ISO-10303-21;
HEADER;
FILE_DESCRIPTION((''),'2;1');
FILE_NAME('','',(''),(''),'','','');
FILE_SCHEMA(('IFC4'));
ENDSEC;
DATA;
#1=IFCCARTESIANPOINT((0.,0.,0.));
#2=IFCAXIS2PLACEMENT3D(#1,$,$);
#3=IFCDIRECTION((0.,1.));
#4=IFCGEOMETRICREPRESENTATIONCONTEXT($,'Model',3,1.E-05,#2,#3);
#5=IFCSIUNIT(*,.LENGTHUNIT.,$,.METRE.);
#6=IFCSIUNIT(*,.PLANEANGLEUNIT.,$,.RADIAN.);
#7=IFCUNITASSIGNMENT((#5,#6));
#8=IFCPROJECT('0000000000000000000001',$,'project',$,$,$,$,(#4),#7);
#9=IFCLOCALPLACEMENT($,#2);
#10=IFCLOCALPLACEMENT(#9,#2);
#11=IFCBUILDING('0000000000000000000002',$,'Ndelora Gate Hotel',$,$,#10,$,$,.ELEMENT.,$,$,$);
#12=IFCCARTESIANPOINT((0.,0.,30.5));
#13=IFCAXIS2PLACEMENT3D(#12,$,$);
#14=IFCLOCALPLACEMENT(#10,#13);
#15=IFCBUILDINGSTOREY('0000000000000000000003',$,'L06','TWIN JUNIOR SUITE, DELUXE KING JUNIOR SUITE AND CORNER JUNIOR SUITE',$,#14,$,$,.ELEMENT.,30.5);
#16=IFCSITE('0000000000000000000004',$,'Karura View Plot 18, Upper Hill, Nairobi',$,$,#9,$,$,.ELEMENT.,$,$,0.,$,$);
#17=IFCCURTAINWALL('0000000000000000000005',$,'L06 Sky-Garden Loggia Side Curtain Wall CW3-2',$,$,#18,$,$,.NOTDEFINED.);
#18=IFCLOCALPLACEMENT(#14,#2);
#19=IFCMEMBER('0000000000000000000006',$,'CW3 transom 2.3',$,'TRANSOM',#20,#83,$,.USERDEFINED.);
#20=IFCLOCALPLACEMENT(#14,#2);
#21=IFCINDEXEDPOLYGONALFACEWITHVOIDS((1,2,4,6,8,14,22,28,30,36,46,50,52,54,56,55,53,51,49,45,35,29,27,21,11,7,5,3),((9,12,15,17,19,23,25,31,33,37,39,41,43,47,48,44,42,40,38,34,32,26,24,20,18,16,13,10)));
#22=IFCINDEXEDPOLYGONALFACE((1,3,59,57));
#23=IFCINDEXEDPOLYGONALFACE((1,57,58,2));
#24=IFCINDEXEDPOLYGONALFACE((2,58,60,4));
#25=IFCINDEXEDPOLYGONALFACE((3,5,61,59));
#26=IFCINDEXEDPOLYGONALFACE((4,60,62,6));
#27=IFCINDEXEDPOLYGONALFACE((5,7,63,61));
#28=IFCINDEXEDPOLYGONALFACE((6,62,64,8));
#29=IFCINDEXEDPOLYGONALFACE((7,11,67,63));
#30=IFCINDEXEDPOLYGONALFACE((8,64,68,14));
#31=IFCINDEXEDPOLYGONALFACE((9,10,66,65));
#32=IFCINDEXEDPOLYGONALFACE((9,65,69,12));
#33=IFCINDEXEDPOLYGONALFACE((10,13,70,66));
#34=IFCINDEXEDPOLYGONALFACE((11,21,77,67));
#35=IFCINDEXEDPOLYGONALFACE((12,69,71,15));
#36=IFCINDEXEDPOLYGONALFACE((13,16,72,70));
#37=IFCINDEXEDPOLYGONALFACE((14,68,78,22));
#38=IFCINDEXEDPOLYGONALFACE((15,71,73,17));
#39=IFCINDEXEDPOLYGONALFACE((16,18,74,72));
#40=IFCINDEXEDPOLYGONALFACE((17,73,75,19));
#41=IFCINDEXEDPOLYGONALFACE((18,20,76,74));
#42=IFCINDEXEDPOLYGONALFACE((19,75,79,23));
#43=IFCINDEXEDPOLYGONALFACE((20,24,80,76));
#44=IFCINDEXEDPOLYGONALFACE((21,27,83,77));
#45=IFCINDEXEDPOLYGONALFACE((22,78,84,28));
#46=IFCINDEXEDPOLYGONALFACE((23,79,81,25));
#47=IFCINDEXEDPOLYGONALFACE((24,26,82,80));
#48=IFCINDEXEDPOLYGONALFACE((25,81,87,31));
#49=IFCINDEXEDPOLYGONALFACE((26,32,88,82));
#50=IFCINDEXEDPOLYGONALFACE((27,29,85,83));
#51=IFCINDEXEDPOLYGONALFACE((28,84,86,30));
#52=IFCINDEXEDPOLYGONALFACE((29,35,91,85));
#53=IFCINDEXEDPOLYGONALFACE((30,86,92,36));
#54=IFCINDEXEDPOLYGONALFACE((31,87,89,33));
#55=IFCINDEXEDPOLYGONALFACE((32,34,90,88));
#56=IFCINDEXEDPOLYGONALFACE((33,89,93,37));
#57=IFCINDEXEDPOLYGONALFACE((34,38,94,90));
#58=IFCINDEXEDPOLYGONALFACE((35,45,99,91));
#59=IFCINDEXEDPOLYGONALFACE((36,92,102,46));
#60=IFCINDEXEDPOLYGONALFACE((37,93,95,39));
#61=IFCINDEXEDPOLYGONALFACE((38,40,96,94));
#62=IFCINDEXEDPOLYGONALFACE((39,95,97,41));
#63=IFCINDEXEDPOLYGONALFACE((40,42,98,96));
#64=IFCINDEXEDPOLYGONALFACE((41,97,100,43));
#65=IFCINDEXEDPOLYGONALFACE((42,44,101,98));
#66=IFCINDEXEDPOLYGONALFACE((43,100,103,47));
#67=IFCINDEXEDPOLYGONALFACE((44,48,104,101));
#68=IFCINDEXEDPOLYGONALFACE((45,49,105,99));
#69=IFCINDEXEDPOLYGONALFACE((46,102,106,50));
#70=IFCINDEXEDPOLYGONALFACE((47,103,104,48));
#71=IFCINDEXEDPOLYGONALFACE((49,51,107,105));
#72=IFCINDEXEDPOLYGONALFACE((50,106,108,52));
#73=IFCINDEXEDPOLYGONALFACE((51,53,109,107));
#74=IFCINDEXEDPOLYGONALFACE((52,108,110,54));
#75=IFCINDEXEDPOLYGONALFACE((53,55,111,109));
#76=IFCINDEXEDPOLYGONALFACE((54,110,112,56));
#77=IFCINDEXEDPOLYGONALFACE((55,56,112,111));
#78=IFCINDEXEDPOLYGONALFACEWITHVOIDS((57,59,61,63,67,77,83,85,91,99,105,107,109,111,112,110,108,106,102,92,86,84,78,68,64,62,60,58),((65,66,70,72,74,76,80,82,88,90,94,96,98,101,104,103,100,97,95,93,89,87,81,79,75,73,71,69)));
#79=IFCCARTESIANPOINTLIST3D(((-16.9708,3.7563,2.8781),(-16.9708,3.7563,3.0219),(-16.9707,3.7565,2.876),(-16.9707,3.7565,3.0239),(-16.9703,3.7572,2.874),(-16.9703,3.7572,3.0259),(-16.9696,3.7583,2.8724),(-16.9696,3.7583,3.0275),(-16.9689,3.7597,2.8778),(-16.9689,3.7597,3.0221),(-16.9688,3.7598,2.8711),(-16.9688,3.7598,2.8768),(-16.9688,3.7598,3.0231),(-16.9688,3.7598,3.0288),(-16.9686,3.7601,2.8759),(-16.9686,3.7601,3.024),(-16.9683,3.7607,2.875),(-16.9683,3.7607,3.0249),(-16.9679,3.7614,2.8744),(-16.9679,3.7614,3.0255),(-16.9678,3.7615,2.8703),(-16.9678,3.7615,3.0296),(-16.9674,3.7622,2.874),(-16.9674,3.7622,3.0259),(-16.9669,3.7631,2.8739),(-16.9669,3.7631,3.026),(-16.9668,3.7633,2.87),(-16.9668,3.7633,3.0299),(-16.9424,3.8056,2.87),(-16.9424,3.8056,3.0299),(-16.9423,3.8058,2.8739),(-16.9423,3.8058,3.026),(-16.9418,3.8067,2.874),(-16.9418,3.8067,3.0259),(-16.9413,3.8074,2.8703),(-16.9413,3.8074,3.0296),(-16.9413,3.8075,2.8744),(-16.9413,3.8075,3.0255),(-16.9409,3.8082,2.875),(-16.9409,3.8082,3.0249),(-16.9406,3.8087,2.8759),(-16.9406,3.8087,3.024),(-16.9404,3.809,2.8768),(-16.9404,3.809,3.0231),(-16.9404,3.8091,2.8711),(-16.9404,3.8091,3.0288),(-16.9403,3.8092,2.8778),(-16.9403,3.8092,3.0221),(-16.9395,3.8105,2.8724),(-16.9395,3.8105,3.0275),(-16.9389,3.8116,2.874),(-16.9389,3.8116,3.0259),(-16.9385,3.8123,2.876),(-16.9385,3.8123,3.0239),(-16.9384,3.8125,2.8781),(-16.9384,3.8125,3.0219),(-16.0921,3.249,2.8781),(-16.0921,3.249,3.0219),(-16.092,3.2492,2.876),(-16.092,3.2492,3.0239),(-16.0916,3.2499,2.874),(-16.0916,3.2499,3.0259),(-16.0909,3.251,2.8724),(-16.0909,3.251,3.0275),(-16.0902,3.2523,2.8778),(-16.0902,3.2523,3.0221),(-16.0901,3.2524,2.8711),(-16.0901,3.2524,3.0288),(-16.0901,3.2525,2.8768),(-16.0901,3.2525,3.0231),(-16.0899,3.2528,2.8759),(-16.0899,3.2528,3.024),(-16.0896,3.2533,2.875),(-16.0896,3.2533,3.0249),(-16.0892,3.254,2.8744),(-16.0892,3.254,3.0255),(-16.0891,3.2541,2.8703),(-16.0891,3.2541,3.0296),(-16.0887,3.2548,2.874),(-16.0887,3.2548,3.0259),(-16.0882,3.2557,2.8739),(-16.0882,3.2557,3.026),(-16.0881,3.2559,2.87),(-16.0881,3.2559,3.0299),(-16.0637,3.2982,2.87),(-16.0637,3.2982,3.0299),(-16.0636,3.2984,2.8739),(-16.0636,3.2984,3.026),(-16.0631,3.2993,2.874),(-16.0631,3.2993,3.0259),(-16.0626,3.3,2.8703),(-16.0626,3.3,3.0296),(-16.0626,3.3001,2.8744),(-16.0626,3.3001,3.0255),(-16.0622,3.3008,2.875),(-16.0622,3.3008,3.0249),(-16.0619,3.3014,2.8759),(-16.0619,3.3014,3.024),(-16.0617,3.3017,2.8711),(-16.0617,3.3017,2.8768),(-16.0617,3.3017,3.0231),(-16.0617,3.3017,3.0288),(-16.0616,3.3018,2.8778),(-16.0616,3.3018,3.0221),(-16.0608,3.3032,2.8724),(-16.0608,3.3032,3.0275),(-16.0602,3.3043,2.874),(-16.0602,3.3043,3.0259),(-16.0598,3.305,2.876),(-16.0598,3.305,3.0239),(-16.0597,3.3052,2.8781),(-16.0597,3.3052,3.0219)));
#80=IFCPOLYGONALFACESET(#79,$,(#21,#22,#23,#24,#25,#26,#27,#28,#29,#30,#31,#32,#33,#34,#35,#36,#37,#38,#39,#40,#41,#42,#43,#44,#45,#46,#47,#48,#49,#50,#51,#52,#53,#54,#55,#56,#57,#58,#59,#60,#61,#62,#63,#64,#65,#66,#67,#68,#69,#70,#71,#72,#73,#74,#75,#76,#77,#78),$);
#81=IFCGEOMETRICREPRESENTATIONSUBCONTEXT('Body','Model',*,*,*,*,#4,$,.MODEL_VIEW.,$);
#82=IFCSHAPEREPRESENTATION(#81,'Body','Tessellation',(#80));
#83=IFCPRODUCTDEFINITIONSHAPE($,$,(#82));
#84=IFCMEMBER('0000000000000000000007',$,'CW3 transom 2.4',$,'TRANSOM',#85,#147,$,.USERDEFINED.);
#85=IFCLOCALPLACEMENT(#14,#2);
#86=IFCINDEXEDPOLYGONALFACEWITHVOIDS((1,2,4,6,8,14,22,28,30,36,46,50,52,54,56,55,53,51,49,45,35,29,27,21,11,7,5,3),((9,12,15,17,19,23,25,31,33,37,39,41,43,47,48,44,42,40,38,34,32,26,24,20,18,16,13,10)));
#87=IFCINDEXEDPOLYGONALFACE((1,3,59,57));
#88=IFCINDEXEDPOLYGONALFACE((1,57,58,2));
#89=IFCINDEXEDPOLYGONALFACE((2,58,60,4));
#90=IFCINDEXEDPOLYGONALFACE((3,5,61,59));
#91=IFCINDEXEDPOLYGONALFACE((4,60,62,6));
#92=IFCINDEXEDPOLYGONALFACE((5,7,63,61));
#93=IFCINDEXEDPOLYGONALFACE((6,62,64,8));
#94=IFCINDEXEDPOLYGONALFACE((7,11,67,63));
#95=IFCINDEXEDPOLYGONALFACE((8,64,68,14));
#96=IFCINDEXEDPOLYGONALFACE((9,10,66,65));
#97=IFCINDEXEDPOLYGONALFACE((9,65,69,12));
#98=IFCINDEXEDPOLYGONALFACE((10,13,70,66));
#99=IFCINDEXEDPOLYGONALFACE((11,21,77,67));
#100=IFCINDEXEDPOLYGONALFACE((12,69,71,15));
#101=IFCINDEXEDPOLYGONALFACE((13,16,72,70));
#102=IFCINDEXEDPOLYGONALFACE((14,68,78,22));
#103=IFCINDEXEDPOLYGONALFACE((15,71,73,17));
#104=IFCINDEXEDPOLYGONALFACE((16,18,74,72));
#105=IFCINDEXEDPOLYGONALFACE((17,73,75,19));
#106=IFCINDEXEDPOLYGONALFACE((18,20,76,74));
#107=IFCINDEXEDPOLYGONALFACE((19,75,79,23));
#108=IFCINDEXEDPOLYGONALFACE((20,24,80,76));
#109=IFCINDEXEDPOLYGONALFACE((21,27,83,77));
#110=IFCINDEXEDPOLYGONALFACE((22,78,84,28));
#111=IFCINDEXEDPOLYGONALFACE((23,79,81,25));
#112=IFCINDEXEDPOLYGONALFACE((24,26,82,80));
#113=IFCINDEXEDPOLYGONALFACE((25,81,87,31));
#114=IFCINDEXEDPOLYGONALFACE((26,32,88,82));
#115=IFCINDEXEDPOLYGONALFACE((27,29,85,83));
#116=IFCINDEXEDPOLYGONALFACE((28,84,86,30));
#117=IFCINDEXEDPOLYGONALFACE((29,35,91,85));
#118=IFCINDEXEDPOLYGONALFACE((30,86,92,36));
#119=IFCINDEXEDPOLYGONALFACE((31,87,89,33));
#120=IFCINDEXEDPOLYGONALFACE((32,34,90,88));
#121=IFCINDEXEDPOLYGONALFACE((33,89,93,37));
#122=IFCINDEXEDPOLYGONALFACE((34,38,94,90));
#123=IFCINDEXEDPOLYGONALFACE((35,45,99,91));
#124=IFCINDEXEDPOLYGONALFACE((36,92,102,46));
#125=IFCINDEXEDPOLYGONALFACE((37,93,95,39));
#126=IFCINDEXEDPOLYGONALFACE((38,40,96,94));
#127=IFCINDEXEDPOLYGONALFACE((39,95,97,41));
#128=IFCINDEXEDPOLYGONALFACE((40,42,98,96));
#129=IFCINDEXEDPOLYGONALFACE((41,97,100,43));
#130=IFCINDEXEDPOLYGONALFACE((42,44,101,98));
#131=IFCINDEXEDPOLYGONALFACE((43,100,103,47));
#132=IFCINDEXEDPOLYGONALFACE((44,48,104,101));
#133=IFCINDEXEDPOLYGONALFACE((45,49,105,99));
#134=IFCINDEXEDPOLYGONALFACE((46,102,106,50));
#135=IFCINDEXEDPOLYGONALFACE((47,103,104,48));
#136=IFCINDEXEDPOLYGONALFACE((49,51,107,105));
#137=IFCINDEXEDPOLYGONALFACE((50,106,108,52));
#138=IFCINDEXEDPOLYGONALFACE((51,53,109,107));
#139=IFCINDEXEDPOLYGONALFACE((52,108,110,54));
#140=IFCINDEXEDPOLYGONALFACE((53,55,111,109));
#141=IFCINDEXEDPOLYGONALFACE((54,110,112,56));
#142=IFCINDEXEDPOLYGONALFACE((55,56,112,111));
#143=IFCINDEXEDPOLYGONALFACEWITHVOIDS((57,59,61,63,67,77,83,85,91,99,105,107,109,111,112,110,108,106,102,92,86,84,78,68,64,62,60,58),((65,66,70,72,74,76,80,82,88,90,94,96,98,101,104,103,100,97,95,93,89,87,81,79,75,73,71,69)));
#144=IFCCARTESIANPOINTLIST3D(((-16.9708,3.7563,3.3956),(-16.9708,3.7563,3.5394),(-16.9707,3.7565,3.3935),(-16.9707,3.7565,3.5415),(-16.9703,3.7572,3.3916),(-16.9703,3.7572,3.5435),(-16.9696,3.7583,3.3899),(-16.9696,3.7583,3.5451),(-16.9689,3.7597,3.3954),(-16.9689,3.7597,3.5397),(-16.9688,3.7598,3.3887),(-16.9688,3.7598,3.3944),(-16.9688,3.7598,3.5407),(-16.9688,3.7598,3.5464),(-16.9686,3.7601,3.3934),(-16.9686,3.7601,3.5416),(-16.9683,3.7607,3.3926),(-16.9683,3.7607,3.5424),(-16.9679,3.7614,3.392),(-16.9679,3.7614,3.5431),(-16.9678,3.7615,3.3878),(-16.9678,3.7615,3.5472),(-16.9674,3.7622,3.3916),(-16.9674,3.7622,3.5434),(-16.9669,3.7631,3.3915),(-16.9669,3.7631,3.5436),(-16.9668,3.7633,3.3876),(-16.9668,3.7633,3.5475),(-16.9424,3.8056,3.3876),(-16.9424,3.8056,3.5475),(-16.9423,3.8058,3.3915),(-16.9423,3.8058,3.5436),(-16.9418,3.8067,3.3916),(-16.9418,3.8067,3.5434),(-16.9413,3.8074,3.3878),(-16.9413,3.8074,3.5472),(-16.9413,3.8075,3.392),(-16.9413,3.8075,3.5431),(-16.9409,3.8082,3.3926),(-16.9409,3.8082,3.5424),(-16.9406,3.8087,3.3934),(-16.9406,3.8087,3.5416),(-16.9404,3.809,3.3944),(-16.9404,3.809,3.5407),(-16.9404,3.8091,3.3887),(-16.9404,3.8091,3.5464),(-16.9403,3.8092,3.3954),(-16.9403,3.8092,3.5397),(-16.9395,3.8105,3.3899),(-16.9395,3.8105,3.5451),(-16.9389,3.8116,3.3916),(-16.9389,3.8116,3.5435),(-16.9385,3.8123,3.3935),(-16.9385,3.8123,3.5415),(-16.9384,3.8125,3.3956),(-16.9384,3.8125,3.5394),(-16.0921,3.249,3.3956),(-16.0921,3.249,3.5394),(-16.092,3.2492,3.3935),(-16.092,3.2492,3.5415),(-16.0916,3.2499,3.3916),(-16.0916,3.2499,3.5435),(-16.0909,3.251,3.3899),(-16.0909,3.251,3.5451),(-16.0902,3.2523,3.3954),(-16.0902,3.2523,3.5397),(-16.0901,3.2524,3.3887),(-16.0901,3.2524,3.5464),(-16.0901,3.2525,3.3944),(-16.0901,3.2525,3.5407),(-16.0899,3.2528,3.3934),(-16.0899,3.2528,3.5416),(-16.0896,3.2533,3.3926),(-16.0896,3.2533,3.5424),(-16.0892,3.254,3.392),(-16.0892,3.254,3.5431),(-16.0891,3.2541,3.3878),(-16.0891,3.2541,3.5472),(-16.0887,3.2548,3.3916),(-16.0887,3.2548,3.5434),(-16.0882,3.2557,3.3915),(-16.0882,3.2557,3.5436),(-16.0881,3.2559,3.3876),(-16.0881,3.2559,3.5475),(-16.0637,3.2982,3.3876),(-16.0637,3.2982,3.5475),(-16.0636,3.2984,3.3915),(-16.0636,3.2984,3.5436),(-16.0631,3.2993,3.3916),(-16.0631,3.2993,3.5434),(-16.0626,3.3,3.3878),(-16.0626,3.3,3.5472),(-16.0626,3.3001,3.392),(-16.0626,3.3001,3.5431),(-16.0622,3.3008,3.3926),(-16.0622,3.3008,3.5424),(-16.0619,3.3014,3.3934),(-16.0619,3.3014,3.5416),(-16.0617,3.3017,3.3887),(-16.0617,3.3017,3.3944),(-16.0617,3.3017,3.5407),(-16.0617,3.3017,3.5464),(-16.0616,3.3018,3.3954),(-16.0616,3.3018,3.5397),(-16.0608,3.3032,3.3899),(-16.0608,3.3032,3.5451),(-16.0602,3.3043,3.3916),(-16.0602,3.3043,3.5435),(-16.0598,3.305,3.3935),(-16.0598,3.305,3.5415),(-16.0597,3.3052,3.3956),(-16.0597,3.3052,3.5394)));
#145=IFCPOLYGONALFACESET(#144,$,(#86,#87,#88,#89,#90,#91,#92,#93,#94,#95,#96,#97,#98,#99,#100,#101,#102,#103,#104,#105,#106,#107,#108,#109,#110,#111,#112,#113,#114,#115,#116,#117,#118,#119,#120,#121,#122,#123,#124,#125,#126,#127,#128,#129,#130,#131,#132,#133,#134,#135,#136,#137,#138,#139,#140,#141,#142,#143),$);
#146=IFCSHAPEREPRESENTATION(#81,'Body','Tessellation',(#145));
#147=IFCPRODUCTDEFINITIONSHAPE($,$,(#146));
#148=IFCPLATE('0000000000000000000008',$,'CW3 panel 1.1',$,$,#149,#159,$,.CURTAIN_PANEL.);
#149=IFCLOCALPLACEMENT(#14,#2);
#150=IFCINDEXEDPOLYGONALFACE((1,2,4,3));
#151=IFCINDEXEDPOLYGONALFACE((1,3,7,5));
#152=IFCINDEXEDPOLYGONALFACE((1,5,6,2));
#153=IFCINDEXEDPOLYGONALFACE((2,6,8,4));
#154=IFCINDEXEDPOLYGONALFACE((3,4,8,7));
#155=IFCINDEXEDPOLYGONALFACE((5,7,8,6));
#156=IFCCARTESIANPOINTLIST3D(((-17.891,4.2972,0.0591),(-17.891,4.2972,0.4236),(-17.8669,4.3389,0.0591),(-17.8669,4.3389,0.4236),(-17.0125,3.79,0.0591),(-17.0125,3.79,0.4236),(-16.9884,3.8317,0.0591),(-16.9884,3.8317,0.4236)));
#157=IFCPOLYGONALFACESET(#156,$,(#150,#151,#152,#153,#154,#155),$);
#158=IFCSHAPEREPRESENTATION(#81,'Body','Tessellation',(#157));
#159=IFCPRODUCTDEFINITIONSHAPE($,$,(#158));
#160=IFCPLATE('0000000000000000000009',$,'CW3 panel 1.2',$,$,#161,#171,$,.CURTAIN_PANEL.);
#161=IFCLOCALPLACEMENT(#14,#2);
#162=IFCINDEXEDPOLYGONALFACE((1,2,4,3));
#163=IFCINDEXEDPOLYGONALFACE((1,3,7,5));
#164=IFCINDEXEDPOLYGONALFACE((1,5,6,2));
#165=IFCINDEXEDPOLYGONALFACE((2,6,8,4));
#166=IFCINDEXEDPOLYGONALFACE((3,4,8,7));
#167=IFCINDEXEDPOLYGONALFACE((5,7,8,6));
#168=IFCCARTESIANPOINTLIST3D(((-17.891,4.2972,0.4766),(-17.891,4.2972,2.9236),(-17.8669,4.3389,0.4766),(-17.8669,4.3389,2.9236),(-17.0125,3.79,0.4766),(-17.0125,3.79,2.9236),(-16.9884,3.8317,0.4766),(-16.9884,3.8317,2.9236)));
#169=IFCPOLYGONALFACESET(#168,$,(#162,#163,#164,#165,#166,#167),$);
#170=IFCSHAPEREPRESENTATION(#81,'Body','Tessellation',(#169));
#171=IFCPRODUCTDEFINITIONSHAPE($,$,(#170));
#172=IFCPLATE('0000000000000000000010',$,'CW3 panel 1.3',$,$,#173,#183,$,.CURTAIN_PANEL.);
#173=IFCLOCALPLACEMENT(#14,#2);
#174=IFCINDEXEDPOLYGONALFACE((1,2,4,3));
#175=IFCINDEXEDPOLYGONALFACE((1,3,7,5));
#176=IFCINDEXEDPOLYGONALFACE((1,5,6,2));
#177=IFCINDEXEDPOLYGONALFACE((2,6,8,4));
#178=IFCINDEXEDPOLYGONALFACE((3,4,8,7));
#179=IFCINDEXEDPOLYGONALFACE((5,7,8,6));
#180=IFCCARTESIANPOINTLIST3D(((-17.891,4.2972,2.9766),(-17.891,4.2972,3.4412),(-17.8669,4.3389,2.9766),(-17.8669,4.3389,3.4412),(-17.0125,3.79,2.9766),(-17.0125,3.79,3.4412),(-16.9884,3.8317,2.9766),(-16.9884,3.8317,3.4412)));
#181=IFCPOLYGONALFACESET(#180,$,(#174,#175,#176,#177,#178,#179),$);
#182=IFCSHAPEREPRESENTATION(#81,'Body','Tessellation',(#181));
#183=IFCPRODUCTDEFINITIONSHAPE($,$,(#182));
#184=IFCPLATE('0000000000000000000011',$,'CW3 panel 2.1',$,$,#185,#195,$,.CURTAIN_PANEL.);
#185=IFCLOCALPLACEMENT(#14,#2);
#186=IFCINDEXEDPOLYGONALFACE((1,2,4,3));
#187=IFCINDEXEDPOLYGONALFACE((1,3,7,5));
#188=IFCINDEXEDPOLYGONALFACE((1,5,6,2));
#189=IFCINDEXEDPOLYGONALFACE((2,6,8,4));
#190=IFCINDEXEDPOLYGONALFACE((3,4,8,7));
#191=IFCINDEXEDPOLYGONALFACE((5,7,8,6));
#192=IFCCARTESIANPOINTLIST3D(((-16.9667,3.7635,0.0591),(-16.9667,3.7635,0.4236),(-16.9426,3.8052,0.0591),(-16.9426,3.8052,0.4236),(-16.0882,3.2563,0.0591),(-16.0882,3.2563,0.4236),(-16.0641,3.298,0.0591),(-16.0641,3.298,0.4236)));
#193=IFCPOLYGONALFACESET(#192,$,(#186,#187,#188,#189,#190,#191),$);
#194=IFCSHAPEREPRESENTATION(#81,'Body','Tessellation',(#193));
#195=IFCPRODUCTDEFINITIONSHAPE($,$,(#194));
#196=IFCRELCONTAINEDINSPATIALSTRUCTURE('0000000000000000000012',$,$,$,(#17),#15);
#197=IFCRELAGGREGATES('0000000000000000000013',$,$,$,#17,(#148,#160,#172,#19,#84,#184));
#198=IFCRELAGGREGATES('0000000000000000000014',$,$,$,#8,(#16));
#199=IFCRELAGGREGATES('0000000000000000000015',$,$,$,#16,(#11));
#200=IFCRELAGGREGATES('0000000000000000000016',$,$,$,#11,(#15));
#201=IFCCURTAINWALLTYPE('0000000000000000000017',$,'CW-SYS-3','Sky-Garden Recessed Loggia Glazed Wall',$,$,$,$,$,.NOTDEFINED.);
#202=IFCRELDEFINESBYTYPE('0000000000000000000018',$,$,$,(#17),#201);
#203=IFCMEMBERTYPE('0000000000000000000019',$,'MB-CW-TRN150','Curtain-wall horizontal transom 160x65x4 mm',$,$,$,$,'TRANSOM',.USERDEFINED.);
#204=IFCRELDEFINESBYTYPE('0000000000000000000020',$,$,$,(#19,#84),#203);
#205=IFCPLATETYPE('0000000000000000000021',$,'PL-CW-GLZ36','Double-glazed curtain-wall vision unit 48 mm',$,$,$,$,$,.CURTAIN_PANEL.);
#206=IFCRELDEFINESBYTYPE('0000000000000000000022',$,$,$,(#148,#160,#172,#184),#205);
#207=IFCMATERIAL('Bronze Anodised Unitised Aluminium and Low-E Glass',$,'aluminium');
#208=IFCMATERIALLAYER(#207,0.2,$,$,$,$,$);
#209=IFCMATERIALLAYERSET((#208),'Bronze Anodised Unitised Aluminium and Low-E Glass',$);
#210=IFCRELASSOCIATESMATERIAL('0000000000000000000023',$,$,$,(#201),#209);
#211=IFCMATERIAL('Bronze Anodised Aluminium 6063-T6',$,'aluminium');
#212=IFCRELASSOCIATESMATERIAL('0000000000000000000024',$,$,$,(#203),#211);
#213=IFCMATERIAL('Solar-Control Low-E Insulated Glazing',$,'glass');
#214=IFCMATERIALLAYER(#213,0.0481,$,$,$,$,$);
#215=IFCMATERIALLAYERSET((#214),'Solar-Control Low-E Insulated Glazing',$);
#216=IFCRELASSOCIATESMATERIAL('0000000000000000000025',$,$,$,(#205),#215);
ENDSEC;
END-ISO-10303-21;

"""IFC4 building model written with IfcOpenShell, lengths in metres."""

from ifc_helpers import new_model, si_unit, direction, frame, origin, origin_2d, place, context, subcontext, project, spatial, rectangle, hollow_rectangle, extrude, material, layer, layer_set, material_profile, profile_set, type_object, element, aggregate, save


model = new_model("IFC4")

# Units and contexts
model_context = context("Model", 3, precision=1e-05, world=origin(), true_north=direction((0.0, 1.0)))
body_context = subcontext(model_context, "Body", "Model", "MODEL_VIEW")
ifc_project = project(units=[si_unit("LENGTHUNIT", "METRE"), si_unit("PLANEANGLEUNIT", "RADIAN")], contexts=[model_context])

# Site, building, storey
site_placement = place(None, origin())
site = spatial("IfcSite", under=ifc_project, at=site_placement, Name="Karura View Plot 18, Upper Hill, Nairobi", CompositionType="ELEMENT", RefElevation=0.0)
building_placement = place(site_placement, origin())
building = spatial("IfcBuilding", under=site, at=building_placement, Name="Ndelora Gate Hotel", CompositionType="ELEMENT")
storey_placement = place(building_placement, frame((0.0, 0.0, 30.5)))
storey = spatial("IfcBuildingStorey", under=building, at=storey_placement, Name="L06", Description="TWIN JUNIOR SUITE, DELUXE KING JUNIOR SUITE AND CORNER JUNIOR SUITE", CompositionType="ELEMENT", Elevation=30.5)

# Curtain wall, members, plates
ifc_material_1 = material(Name="Bronze Anodised Unitised Aluminium and Low-E Glass", Category="aluminium")
ifc_layer_1 = layer(ifc_material_1, 0.2)
ifc_layer_set_1 = layer_set([ifc_layer_1], Name="Bronze Anodised Unitised Aluminium and Low-E Glass")
curtain_wall_type = type_object("IfcCurtainWallType", Name="CW-SYS-3", Description="Sky-Garden Recessed Loggia Glazed Wall", PredefinedType="NOTDEFINED", material=ifc_layer_set_1)
curtain_wall_placement = place(storey_placement, origin())
curtain_wall = element("IfcCurtainWall", 1, at=curtain_wall_placement, inside=storey, type_object=curtain_wall_type, Name="L06 Sky-Garden Loggia Side Curtain Wall CW3-2", PredefinedType="NOTDEFINED")
ifc_material_2 = material(Name="Bronze Anodised Aluminium 6063-T6", Category="aluminium")
ifc_material_profile_1 = material_profile(ifc_material_2, hollow_rectangle(XDim=0.0649, YDim=0.1599, WallThickness=0.0039, InnerFilletRadius=0.0039, OuterFilletRadius=0.0081, at=origin_2d()), Name="ALU 160x65x4")
ifc_profile_set_1 = profile_set([ifc_material_profile_1], Name="Bronze Anodised Aluminium 6063-T6")
member_type_1 = type_object("IfcMemberType", Name="MB-CW-TRN150", Description="Curtain-wall horizontal transom 160x65x4 mm", ElementType="TRANSOM", PredefinedType="USERDEFINED", material=ifc_profile_set_1)
member_1_placement = place(storey_placement, frame((-16.9546, 3.7844, 2.95), z_axis=(0.866013, -0.500021, 0.0), x_axis=(0.500021, 0.866013, 0.0)))
member_1 = element("IfcMember", 2, at=member_1_placement, type_object=member_type_1, Name="CW3 transom 2.3", ObjectType="TRANSOM", PredefinedType="USERDEFINED", context=body_context, shape_type="SweptSolid", body=[
    extrude(hollow_rectangle(XDim=0.0649, YDim=0.1599, WallThickness=0.0039, InnerFilletRadius=0.0039, OuterFilletRadius=0.0081, at=origin_2d()), origin(), (0.0, 0.0, 1.0), 1.0146),
])
member_2_placement = place(storey_placement, frame((-16.9546, 3.7844, 3.4675), z_axis=(0.866013, -0.500021, 0.0), x_axis=(0.500021, 0.866013, 0.0)))
member_2 = element("IfcMember", 3, at=member_2_placement, type_object=member_type_1, Name="CW3 transom 2.4", ObjectType="TRANSOM", PredefinedType="USERDEFINED", context=body_context, shape_type="SweptSolid", body=[
    extrude(hollow_rectangle(XDim=0.0649, YDim=0.1599, WallThickness=0.0039, InnerFilletRadius=0.0039, OuterFilletRadius=0.0081, at=origin_2d()), origin(), (0.0, 0.0, 1.0), 1.0146),
])
ifc_material_3 = material(Name="Solar-Control Low-E Insulated Glazing", Category="glass")
ifc_layer_2 = layer(ifc_material_3, 0.0481)
ifc_layer_set_2 = layer_set([ifc_layer_2], Name="Solar-Control Low-E Insulated Glazing")
plate_type_1 = type_object("IfcPlateType", Name="PL-CW-GLZ36", Description="Double-glazed curtain-wall vision unit 48 mm", PredefinedType="CURTAIN_PANEL", material=ifc_layer_set_2)
plate_1_placement = place(storey_placement, frame((-17.4397, 4.0645, 0.0591), z_axis=(0.0, 0.0, 1.0), x_axis=(0.86603, -0.499991, 0.0)))
plate_1 = element("IfcPlate", 4, at=plate_1_placement, type_object=plate_type_1, Name="CW3 panel 1.1", PredefinedType="CURTAIN_PANEL", context=body_context, shape_type="SweptSolid", body=[
    extrude(rectangle(XDim=1.0144, YDim=0.0481, at=origin_2d()), origin(), (0.0, 0.0, 1.0), 0.3645),
])
plate_2_placement = place(storey_placement, frame((-17.4397, 4.0645, 0.4766), z_axis=(0.0, 0.0, 1.0), x_axis=(0.86603, -0.499991, 0.0)))
plate_2 = element("IfcPlate", 5, at=plate_2_placement, type_object=plate_type_1, Name="CW3 panel 1.2", PredefinedType="CURTAIN_PANEL", context=body_context, shape_type="SweptSolid", body=[
    extrude(rectangle(XDim=1.0144, YDim=0.0481, at=origin_2d()), origin(), (0.0, 0.0, 1.0), 2.447),
])
plate_3_placement = place(storey_placement, frame((-17.4397, 4.0645, 2.9766), z_axis=(0.0, 0.0, 1.0), x_axis=(0.86603, -0.499991, 0.0)))
plate_3 = element("IfcPlate", 6, at=plate_3_placement, type_object=plate_type_1, Name="CW3 panel 1.3", PredefinedType="CURTAIN_PANEL", context=body_context, shape_type="SweptSolid", body=[
    extrude(rectangle(XDim=1.0144, YDim=0.0481, at=origin_2d()), origin(), (0.0, 0.0, 1.0), 0.4646),
])
plate_4_placement = place(storey_placement, frame((-16.5154, 3.5308, 0.0591), z_axis=(0.0, 0.0, 1.0), x_axis=(0.86603, -0.499991, 0.0)))
plate_4 = element("IfcPlate", 7, at=plate_4_placement, type_object=plate_type_1, Name="CW3 panel 2.1", PredefinedType="CURTAIN_PANEL", context=body_context, shape_type="SweptSolid", body=[
    extrude(rectangle(XDim=1.0144, YDim=0.0481, at=origin_2d()), origin(), (0.0, 0.0, 1.0), 0.3645),
])
aggregate(curtain_wall, [plate_1, plate_2, plate_3, member_1, member_2, plate_4])

save(model, "model.ifc")
